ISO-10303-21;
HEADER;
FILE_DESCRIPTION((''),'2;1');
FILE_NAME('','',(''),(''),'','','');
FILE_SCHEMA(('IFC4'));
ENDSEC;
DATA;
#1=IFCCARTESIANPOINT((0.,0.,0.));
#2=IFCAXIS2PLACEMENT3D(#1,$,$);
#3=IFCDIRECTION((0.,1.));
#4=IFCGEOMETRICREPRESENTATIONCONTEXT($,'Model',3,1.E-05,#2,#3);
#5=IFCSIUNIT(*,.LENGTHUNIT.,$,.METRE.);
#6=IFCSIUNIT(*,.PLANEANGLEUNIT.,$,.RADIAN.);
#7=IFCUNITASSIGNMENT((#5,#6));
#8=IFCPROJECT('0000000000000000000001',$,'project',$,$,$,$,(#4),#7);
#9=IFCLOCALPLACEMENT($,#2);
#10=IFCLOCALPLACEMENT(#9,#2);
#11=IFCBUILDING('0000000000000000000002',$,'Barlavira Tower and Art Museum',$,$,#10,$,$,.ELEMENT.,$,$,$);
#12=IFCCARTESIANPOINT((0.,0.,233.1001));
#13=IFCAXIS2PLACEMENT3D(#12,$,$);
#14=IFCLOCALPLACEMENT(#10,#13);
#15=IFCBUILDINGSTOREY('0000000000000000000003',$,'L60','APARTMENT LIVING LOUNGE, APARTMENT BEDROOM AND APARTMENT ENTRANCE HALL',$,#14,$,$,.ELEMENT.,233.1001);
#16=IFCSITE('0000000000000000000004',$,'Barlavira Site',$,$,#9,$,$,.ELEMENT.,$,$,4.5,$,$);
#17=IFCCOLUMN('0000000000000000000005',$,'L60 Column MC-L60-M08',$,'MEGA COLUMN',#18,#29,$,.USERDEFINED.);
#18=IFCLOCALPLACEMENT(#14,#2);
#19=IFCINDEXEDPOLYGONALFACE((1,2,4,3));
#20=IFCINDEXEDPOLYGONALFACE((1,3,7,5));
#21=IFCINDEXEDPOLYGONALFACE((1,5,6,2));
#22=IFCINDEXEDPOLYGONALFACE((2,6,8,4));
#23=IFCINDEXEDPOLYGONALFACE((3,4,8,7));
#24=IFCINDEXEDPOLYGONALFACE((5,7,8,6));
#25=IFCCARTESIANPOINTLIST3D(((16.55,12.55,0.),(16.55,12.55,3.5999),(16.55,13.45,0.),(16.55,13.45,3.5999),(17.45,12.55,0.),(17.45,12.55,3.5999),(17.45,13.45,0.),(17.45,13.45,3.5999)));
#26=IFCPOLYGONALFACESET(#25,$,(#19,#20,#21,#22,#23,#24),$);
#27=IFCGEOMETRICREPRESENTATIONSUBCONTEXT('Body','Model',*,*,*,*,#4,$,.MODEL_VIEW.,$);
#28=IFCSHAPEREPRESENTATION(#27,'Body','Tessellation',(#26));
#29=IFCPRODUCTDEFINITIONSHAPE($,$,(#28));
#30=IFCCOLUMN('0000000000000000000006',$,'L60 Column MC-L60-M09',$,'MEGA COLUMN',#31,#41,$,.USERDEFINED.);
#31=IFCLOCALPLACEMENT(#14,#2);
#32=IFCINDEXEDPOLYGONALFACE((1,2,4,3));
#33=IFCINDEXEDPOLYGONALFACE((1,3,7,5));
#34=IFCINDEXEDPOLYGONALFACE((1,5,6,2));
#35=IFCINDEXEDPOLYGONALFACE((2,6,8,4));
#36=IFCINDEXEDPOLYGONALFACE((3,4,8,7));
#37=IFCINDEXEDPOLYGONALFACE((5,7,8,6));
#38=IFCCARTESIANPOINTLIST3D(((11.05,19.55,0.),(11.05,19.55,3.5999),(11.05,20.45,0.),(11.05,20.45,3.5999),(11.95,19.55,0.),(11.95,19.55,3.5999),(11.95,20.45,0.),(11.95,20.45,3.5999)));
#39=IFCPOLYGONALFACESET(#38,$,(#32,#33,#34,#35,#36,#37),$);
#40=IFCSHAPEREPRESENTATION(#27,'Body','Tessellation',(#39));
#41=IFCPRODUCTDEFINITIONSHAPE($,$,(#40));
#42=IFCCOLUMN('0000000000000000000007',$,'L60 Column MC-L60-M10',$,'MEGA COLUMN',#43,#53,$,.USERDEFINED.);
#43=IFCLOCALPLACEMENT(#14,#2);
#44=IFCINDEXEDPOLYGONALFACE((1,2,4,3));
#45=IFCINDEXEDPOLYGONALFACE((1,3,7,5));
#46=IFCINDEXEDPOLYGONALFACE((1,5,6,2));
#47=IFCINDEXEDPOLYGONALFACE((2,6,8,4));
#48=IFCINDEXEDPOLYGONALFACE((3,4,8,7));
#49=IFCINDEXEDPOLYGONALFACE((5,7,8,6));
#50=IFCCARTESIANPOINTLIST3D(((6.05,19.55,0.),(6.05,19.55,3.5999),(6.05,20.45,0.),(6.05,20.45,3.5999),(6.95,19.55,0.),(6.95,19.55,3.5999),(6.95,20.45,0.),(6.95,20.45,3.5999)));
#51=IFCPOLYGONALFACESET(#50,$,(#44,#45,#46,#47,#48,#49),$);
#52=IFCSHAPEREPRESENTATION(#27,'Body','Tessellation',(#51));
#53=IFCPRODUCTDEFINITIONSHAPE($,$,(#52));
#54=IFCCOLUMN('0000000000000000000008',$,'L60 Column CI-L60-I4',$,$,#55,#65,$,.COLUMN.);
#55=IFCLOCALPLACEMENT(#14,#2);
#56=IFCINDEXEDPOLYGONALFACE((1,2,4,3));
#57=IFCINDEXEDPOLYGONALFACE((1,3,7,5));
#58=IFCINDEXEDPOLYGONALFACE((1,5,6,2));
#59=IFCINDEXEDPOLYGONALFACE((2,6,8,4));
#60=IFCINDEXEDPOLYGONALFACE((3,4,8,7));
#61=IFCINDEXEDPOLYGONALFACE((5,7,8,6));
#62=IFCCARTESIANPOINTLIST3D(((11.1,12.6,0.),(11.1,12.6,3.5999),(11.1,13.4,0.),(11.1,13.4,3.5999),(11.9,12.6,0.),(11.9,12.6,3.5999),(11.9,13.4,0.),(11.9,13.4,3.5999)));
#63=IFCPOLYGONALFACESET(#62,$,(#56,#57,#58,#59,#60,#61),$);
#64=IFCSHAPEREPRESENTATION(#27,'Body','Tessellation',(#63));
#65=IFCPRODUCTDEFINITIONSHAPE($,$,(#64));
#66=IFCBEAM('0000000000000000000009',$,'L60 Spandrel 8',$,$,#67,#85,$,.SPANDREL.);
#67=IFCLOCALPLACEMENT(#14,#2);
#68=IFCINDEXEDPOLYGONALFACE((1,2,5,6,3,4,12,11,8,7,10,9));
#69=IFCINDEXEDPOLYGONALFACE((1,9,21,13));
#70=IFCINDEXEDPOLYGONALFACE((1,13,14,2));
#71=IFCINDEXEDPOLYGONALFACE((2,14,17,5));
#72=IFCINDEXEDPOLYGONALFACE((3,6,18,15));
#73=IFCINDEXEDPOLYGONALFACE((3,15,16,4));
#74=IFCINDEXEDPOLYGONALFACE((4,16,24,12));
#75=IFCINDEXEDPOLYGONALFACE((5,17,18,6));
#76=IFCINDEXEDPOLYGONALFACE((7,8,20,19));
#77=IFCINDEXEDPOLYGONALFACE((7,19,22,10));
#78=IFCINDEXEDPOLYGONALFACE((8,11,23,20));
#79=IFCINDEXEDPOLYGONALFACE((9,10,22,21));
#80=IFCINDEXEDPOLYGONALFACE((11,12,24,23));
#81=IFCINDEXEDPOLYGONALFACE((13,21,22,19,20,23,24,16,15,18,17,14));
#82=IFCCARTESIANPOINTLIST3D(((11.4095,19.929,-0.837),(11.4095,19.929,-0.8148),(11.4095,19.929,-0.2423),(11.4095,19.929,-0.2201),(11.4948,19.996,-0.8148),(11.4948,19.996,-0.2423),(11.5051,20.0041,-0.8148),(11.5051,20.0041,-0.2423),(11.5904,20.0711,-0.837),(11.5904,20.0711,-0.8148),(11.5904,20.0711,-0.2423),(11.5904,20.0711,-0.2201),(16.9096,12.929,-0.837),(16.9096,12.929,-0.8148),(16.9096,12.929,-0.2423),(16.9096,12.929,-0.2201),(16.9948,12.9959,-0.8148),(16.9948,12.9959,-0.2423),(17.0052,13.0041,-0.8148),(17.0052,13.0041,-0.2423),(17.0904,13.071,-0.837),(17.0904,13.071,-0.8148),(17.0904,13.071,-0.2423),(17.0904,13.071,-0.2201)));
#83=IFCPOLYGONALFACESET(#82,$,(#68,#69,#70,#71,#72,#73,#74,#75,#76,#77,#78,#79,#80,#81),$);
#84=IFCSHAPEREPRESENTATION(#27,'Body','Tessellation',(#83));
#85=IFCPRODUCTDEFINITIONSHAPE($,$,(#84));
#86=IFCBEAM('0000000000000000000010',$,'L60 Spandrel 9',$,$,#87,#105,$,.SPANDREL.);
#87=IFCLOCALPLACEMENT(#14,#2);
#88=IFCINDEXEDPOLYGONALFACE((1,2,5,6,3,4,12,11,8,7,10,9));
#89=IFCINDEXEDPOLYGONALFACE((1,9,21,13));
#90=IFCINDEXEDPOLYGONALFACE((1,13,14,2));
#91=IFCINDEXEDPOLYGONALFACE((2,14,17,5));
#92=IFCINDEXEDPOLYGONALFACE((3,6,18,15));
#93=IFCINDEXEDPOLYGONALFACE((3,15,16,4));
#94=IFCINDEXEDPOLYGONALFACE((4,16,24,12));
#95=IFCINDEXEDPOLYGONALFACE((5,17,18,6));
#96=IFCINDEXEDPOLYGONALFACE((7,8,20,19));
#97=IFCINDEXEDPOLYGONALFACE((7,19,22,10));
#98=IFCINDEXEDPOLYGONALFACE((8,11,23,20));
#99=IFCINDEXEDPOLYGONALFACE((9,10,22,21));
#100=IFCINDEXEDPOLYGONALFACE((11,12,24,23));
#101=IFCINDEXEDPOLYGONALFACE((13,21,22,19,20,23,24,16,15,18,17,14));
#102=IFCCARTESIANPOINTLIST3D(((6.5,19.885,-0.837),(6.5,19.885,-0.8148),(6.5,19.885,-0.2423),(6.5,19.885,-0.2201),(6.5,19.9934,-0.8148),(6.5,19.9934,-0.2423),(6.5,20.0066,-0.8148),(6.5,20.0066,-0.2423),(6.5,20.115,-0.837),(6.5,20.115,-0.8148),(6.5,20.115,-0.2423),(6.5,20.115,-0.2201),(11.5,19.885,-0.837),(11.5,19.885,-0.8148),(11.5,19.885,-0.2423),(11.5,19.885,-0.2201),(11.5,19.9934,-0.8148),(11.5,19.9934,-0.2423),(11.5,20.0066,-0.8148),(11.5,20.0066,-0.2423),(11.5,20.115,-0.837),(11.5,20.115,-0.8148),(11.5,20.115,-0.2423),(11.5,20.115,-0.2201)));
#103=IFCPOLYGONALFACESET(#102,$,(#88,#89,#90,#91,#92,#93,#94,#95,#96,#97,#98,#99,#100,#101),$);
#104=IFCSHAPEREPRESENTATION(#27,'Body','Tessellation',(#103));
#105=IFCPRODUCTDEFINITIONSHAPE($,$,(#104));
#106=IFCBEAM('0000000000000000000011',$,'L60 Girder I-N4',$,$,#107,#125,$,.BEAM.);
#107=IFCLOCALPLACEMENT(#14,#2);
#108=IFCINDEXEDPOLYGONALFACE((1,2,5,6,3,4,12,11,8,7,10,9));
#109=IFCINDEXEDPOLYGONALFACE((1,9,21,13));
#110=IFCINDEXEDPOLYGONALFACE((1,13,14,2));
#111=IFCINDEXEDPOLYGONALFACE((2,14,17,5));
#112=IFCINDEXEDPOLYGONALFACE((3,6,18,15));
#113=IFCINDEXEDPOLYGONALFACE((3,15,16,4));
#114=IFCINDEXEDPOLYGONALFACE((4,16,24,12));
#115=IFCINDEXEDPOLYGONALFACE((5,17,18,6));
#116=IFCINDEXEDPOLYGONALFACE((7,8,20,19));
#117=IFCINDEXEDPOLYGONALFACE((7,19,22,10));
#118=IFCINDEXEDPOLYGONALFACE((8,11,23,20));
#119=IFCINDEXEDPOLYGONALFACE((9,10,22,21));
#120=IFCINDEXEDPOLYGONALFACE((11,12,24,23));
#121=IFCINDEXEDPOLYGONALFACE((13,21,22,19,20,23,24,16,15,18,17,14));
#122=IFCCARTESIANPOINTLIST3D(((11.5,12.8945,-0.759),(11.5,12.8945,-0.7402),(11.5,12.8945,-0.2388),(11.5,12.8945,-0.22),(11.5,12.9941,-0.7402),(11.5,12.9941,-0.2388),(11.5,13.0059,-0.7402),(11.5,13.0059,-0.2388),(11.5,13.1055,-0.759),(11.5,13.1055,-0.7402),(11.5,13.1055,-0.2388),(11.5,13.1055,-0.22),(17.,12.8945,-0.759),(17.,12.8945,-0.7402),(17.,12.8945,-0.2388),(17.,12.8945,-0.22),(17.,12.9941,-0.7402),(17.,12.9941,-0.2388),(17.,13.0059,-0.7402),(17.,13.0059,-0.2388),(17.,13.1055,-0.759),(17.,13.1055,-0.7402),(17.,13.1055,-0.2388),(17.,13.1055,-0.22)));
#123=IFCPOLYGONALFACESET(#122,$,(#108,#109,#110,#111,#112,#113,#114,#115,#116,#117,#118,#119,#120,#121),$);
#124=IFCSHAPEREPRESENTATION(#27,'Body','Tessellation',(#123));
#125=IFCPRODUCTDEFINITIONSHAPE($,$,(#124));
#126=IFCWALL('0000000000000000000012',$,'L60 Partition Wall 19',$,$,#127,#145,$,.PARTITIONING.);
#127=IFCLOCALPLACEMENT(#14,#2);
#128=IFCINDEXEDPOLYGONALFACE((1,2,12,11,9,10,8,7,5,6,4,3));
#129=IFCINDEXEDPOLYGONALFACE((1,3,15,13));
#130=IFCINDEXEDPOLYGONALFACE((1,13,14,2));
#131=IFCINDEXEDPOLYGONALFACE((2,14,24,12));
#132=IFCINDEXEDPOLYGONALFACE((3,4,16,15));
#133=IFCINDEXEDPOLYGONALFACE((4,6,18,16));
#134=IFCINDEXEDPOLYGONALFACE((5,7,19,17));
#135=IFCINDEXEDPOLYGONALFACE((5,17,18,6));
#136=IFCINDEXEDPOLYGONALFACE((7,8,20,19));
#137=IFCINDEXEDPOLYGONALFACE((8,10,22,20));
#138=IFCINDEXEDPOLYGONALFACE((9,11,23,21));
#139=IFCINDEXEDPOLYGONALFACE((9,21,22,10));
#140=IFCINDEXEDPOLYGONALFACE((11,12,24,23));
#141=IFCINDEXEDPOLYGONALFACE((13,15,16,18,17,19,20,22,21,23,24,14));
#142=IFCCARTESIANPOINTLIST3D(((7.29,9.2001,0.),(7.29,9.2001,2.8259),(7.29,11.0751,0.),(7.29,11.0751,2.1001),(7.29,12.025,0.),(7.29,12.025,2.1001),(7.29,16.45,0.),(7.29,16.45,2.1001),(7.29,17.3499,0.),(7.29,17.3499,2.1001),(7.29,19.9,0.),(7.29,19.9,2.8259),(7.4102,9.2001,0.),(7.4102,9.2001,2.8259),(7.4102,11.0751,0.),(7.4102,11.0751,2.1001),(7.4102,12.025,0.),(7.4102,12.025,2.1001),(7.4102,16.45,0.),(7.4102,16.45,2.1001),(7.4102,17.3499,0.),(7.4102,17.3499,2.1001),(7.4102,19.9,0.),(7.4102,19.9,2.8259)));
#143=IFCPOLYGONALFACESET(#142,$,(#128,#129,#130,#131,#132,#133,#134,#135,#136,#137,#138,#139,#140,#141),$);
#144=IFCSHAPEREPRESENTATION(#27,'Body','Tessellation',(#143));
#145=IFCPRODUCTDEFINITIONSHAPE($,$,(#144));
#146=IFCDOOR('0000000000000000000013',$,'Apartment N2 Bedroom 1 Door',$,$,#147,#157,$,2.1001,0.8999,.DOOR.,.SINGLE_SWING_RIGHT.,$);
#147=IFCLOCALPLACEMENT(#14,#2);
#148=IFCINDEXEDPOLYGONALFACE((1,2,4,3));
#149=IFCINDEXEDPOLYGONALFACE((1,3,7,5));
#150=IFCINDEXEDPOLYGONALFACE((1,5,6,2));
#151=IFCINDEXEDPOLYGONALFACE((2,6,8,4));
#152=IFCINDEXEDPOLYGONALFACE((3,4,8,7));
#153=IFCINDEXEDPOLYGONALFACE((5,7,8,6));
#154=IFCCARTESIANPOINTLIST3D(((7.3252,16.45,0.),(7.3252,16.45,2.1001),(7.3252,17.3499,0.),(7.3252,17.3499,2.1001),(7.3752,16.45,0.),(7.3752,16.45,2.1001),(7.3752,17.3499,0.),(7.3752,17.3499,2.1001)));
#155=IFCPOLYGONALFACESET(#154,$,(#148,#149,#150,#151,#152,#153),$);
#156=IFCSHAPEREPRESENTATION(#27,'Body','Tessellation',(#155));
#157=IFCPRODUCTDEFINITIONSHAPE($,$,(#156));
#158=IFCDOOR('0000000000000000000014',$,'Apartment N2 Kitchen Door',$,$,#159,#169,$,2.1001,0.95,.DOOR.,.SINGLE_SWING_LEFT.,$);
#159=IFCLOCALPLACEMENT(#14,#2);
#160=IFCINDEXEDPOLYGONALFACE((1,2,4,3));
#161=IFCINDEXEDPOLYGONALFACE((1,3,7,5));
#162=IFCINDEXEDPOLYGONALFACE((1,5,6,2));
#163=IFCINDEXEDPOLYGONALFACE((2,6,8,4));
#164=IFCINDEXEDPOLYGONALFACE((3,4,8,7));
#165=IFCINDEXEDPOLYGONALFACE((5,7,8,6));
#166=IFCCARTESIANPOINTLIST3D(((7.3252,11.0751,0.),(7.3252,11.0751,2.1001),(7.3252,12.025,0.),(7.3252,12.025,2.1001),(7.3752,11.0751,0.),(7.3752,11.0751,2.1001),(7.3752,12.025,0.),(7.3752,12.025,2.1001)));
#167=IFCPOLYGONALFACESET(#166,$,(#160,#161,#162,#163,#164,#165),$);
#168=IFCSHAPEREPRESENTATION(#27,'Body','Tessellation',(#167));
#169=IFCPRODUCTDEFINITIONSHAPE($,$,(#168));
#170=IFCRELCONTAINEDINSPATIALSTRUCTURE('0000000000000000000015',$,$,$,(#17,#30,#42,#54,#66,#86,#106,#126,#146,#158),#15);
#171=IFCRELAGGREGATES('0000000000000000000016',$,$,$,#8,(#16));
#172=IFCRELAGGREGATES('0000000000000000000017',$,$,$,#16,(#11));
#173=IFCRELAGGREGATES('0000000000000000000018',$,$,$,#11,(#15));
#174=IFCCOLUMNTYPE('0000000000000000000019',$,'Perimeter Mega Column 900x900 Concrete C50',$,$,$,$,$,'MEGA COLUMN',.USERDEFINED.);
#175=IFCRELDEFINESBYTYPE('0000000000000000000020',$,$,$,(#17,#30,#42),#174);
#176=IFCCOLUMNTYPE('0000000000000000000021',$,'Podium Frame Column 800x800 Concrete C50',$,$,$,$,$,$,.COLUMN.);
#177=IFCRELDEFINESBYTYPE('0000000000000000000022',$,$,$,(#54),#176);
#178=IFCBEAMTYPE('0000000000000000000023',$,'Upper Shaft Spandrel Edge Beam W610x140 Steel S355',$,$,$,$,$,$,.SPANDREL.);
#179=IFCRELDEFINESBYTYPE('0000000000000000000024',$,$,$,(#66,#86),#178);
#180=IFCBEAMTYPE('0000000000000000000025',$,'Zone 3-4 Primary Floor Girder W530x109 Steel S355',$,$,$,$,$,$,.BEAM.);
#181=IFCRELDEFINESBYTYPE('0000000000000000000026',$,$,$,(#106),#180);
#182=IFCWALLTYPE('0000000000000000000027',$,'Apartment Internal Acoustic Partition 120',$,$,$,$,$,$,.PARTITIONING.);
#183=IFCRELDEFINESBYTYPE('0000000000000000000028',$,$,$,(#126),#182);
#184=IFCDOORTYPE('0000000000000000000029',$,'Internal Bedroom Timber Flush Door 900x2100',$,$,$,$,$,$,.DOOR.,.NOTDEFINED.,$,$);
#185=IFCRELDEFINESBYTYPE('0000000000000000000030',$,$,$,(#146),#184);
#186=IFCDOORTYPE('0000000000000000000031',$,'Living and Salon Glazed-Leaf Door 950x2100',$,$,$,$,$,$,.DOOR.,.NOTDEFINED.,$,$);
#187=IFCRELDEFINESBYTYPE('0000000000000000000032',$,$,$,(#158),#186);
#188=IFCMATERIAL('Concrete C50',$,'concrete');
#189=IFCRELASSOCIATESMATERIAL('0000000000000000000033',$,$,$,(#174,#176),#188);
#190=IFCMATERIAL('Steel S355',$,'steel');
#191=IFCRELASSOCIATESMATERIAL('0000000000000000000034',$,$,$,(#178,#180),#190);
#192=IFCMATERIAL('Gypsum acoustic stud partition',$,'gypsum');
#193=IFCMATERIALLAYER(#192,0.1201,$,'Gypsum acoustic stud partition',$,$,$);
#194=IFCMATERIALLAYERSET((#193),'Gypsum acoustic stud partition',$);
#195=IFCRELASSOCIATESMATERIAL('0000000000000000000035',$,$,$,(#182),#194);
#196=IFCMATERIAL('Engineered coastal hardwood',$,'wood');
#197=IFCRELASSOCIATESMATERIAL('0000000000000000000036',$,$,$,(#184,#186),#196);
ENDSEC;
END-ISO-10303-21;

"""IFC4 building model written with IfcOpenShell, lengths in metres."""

from ifc_helpers import new_model, si_unit, direction, frame, frame_2d, origin, origin_2d, place, context, subcontext, project, spatial, rectangle, i_section, extrude, material, layer, layer_set, material_profile, profile_set, type_object, element, fill, save


model = new_model("IFC4")

# Units and contexts
model_context = context("Model", 3, precision=1e-05, world=origin(), true_north=direction((0.0, 1.0)))
body_context = subcontext(model_context, "Body", "Model", "MODEL_VIEW")
ifc_project = project(units=[si_unit("LENGTHUNIT", "METRE"), si_unit("PLANEANGLEUNIT", "RADIAN")], contexts=[model_context])

# Site, building, storey
site_placement = place(None, origin())
site = spatial("IfcSite", under=ifc_project, at=site_placement, Name="Barlavira Site", CompositionType="ELEMENT", RefElevation=4.5)
building_placement = place(site_placement, origin())
building = spatial("IfcBuilding", under=site, at=building_placement, Name="Barlavira Tower and Art Museum", CompositionType="ELEMENT")
storey_placement = place(building_placement, frame((0.0, 0.0, 233.1001)))
storey = spatial("IfcBuildingStorey", under=building, at=storey_placement, Name="L60", Description="APARTMENT LIVING LOUNGE, APARTMENT BEDROOM AND APARTMENT ENTRANCE HALL", CompositionType="ELEMENT", Elevation=233.1001)

# Columns
ifc_material_1 = material(Name="Concrete C50", Category="concrete")
ifc_material_profile_1 = material_profile(ifc_material_1, rectangle(XDim=0.8999, YDim=0.8999, at=origin_2d()), Name="RC-COL 900x900")
ifc_profile_set_1 = profile_set([ifc_material_profile_1], Name="Concrete C50")
column_type_1 = type_object("IfcColumnType", Name="Perimeter Mega Column 900x900 Concrete C50", ElementType="MEGA COLUMN", PredefinedType="USERDEFINED", material=ifc_profile_set_1)
for number, where, z_axis, x_axis, name in (
    (1, (17.0, 13.0, 0.0), (0.0, 0.0, 1.0), (1.0, 0.0, 0.0), "L60 Column MC-L60-M08"),
    (2, (11.5, 20.0, 0.0), (0.0, 0.0, 1.0), (1.0, 0.0, 0.0), "L60 Column MC-L60-M09"),
    (3, (6.5, 20.0, 0.0), (0.0, 0.0, 1.0), (1.0, 0.0, 0.0), "L60 Column MC-L60-M10"),
):
    element("IfcColumn", number, at=place(storey_placement, frame(where, z_axis=z_axis, x_axis=x_axis)), inside=storey, type_object=column_type_1, Name=name, ObjectType="MEGA COLUMN", PredefinedType="USERDEFINED", context=body_context, shape_type="SweptSolid", body=[
        extrude(rectangle(XDim=0.8999, YDim=0.8999, at=origin_2d()), origin(), (0.0, 0.0, 1.0), 3.5999),
    ])
ifc_material_profile_2 = material_profile(ifc_material_1, rectangle(XDim=0.8, YDim=0.8, at=origin_2d()), Name="RC-COL 800x800")
ifc_profile_set_2 = profile_set([ifc_material_profile_2], Name="Concrete C50")
column_type_2 = type_object("IfcColumnType", Name="Podium Frame Column 800x800 Concrete C50", PredefinedType="COLUMN", material=ifc_profile_set_2)
column_placement = place(storey_placement, frame((11.5, 13.0, 0.0), z_axis=(0.0, 0.0, 1.0), x_axis=(1.0, 0.0, 0.0)))
element("IfcColumn", 4, at=column_placement, inside=storey, type_object=column_type_2, Name="L60 Column CI-L60-I4", PredefinedType="COLUMN", context=body_context, shape_type="SweptSolid", body=[
    extrude(rectangle(XDim=0.8, YDim=0.8, at=origin_2d()), origin(), (0.0, 0.0, 1.0), 3.5999),
])

# Beams
ifc_material_2 = material(Name="Steel S355", Category="steel")
ifc_material_profile_3 = material_profile(ifc_material_2, i_section(OverallWidth=0.23, OverallDepth=0.6169, WebThickness=0.0132, FlangeThickness=0.0222, at=origin_2d()), Name="W610x140.0")
ifc_profile_set_3 = profile_set([ifc_material_profile_3], Name="Steel S355")
beam_type_1 = type_object("IfcBeamType", Name="Upper Shaft Spandrel Edge Beam W610x140 Steel S355", PredefinedType="SPANDREL", material=ifc_profile_set_3)
beam_1_placement = place(storey_placement, frame((17.0, 13.0, -0.5286), z_axis=(-0.617822, 0.786318, 0.0), x_axis=(-0.786318, -0.617822, 0.0)))
element("IfcBeam", 5, at=beam_1_placement, inside=storey, type_object=beam_type_1, Name="L60 Spandrel 8", PredefinedType="SPANDREL", context=body_context, shape_type="SweptSolid", body=[
    extrude(i_section(OverallWidth=0.23, OverallDepth=0.6169, WebThickness=0.0132, FlangeThickness=0.0222, at=origin_2d()), origin(), (0.0, 0.0, 1.0), 8.9023),
])
beam_2_placement = place(storey_placement, frame((6.5, 20.0, -0.5286), z_axis=(1.0, 0.0, 0.0), x_axis=(0.0, 1.0, 0.0)))
element("IfcBeam", 6, at=beam_2_placement, inside=storey, type_object=beam_type_1, Name="L60 Spandrel 9", PredefinedType="SPANDREL", context=body_context, shape_type="SweptSolid", body=[
    extrude(i_section(OverallWidth=0.23, OverallDepth=0.6169, WebThickness=0.0132, FlangeThickness=0.0222, at=origin_2d()), origin(), (0.0, 0.0, 1.0), 5.0),
])
ifc_material_profile_4 = material_profile(ifc_material_2, i_section(OverallWidth=0.2109, OverallDepth=0.5391, WebThickness=0.0117, FlangeThickness=0.0188, at=origin_2d()), Name="W530x109.0")
ifc_profile_set_4 = profile_set([ifc_material_profile_4], Name="Steel S355")
beam_type_2 = type_object("IfcBeamType", Name="Zone 3-4 Primary Floor Girder W530x109 Steel S355", PredefinedType="BEAM", material=ifc_profile_set_4)
beam_3_placement = place(storey_placement, frame((11.5, 13.0, -0.4895), z_axis=(1.0, 0.0, 0.0), x_axis=(0.0, 1.0, 0.0)))
element("IfcBeam", 7, at=beam_3_placement, inside=storey, type_object=beam_type_2, Name="L60 Girder I-N4", PredefinedType="BEAM", context=body_context, shape_type="SweptSolid", body=[
    extrude(i_section(OverallWidth=0.2109, OverallDepth=0.5391, WebThickness=0.0117, FlangeThickness=0.0188, at=origin_2d()), origin(), (0.0, 0.0, 1.0), 5.5),
])

# Wall, openings, doors
ifc_material_3 = material(Name="Gypsum acoustic stud partition", Category="gypsum")
ifc_layer_1 = layer(ifc_material_3, 0.1201, Name="Gypsum acoustic stud partition")
ifc_layer_set_1 = layer_set([ifc_layer_1], Name="Gypsum acoustic stud partition")
wall_type_1 = type_object("IfcWallType", Name="Apartment Internal Acoustic Partition 120", PredefinedType="PARTITIONING", material=ifc_layer_set_1)
wall_1_placement = place(storey_placement, frame((7.3501, 9.2, 0.0), z_axis=(0.0, 0.0, 1.0), x_axis=(0.0, 1.0, 0.0)))
wall_1 = element("IfcWall", 8, at=wall_1_placement, inside=storey, type_object=wall_type_1, Name="L60 Partition Wall 19", PredefinedType="PARTITIONING", context=body_context, shape_type="SweptSolid", body=[
    extrude(rectangle(XDim=10.7, YDim=0.1201, at=frame_2d((5.3501, 0.0))), origin(), (0.0, 0.0, 1.0), 2.8259),
])
opening_1_placement = place(wall_1_placement, frame((1.875, 0.0, 0.0)))
opening_1 = element("IfcOpeningElement", 9, at=opening_1_placement, cuts=wall_1, PredefinedType="OPENING", context=body_context, shape_type="SweptSolid", body=[
    extrude(rectangle(XDim=0.95, YDim=2.1001, at=frame_2d((0.4751, 1.05))), frame((0.0, 0.0701, 0.0), z_axis=(0.0, -1.0, 0.0), x_axis=(1.0, 0.0, 0.0)), (0.0, 0.0, 1.0), 0.1401),
])
opening_2_placement = place(wall_1_placement, frame((7.25, 0.0, 0.0)))
opening_2 = element("IfcOpeningElement", 10, at=opening_2_placement, cuts=wall_1, PredefinedType="OPENING", context=body_context, shape_type="SweptSolid", body=[
    extrude(rectangle(XDim=0.8999, YDim=2.1001, at=frame_2d((0.45, 1.05))), frame((0.0, 0.0701, 0.0), z_axis=(0.0, -1.0, 0.0), x_axis=(1.0, 0.0, 0.0)), (0.0, 0.0, 1.0), 0.1401),
])
ifc_material_4 = material(Name="Engineered coastal hardwood", Category="wood")
door_type_1 = type_object("IfcDoorType", Name="Internal Bedroom Timber Flush Door 900x2100", OperationType="NOTDEFINED", PredefinedType="DOOR", material=ifc_material_4)
door_1_placement = place(opening_2_placement, origin())
door_1 = element("IfcDoor", 11, at=door_1_placement, inside=storey, type_object=door_type_1, Name="Apartment N2 Bedroom 1 Door", OperationType="SINGLE_SWING_RIGHT", OverallHeight=2.1001, OverallWidth=0.8999, PredefinedType="DOOR", context=body_context, shape_type="SweptSolid", body=[
    extrude(rectangle(XDim=0.8999, YDim=2.1001, at=frame_2d((0.45, 1.05))), frame((0.0, 0.0249, 0.0), z_axis=(0.0, -1.0, 0.0), x_axis=(1.0, 0.0, 0.0)), (0.0, 0.0, 1.0), 0.05),
])
fill(opening_2, door_1)
door_type_2 = type_object("IfcDoorType", Name="Living and Salon Glazed-Leaf Door 950x2100", OperationType="NOTDEFINED", PredefinedType="DOOR", material=ifc_material_4)
door_2_placement = place(opening_1_placement, origin())
door_2 = element("IfcDoor", 12, at=door_2_placement, inside=storey, type_object=door_type_2, Name="Apartment N2 Kitchen Door", OperationType="SINGLE_SWING_LEFT", OverallHeight=2.1001, OverallWidth=0.95, PredefinedType="DOOR", context=body_context, shape_type="SweptSolid", body=[
    extrude(rectangle(XDim=0.95, YDim=2.1001, at=frame_2d((0.4751, 1.05))), frame((0.0, 0.0249, 0.0), z_axis=(0.0, -1.0, 0.0), x_axis=(1.0, 0.0, 0.0)), (0.0, 0.0, 1.0), 0.05),
])
fill(opening_1, door_2)

save(model, "model.ifc")
